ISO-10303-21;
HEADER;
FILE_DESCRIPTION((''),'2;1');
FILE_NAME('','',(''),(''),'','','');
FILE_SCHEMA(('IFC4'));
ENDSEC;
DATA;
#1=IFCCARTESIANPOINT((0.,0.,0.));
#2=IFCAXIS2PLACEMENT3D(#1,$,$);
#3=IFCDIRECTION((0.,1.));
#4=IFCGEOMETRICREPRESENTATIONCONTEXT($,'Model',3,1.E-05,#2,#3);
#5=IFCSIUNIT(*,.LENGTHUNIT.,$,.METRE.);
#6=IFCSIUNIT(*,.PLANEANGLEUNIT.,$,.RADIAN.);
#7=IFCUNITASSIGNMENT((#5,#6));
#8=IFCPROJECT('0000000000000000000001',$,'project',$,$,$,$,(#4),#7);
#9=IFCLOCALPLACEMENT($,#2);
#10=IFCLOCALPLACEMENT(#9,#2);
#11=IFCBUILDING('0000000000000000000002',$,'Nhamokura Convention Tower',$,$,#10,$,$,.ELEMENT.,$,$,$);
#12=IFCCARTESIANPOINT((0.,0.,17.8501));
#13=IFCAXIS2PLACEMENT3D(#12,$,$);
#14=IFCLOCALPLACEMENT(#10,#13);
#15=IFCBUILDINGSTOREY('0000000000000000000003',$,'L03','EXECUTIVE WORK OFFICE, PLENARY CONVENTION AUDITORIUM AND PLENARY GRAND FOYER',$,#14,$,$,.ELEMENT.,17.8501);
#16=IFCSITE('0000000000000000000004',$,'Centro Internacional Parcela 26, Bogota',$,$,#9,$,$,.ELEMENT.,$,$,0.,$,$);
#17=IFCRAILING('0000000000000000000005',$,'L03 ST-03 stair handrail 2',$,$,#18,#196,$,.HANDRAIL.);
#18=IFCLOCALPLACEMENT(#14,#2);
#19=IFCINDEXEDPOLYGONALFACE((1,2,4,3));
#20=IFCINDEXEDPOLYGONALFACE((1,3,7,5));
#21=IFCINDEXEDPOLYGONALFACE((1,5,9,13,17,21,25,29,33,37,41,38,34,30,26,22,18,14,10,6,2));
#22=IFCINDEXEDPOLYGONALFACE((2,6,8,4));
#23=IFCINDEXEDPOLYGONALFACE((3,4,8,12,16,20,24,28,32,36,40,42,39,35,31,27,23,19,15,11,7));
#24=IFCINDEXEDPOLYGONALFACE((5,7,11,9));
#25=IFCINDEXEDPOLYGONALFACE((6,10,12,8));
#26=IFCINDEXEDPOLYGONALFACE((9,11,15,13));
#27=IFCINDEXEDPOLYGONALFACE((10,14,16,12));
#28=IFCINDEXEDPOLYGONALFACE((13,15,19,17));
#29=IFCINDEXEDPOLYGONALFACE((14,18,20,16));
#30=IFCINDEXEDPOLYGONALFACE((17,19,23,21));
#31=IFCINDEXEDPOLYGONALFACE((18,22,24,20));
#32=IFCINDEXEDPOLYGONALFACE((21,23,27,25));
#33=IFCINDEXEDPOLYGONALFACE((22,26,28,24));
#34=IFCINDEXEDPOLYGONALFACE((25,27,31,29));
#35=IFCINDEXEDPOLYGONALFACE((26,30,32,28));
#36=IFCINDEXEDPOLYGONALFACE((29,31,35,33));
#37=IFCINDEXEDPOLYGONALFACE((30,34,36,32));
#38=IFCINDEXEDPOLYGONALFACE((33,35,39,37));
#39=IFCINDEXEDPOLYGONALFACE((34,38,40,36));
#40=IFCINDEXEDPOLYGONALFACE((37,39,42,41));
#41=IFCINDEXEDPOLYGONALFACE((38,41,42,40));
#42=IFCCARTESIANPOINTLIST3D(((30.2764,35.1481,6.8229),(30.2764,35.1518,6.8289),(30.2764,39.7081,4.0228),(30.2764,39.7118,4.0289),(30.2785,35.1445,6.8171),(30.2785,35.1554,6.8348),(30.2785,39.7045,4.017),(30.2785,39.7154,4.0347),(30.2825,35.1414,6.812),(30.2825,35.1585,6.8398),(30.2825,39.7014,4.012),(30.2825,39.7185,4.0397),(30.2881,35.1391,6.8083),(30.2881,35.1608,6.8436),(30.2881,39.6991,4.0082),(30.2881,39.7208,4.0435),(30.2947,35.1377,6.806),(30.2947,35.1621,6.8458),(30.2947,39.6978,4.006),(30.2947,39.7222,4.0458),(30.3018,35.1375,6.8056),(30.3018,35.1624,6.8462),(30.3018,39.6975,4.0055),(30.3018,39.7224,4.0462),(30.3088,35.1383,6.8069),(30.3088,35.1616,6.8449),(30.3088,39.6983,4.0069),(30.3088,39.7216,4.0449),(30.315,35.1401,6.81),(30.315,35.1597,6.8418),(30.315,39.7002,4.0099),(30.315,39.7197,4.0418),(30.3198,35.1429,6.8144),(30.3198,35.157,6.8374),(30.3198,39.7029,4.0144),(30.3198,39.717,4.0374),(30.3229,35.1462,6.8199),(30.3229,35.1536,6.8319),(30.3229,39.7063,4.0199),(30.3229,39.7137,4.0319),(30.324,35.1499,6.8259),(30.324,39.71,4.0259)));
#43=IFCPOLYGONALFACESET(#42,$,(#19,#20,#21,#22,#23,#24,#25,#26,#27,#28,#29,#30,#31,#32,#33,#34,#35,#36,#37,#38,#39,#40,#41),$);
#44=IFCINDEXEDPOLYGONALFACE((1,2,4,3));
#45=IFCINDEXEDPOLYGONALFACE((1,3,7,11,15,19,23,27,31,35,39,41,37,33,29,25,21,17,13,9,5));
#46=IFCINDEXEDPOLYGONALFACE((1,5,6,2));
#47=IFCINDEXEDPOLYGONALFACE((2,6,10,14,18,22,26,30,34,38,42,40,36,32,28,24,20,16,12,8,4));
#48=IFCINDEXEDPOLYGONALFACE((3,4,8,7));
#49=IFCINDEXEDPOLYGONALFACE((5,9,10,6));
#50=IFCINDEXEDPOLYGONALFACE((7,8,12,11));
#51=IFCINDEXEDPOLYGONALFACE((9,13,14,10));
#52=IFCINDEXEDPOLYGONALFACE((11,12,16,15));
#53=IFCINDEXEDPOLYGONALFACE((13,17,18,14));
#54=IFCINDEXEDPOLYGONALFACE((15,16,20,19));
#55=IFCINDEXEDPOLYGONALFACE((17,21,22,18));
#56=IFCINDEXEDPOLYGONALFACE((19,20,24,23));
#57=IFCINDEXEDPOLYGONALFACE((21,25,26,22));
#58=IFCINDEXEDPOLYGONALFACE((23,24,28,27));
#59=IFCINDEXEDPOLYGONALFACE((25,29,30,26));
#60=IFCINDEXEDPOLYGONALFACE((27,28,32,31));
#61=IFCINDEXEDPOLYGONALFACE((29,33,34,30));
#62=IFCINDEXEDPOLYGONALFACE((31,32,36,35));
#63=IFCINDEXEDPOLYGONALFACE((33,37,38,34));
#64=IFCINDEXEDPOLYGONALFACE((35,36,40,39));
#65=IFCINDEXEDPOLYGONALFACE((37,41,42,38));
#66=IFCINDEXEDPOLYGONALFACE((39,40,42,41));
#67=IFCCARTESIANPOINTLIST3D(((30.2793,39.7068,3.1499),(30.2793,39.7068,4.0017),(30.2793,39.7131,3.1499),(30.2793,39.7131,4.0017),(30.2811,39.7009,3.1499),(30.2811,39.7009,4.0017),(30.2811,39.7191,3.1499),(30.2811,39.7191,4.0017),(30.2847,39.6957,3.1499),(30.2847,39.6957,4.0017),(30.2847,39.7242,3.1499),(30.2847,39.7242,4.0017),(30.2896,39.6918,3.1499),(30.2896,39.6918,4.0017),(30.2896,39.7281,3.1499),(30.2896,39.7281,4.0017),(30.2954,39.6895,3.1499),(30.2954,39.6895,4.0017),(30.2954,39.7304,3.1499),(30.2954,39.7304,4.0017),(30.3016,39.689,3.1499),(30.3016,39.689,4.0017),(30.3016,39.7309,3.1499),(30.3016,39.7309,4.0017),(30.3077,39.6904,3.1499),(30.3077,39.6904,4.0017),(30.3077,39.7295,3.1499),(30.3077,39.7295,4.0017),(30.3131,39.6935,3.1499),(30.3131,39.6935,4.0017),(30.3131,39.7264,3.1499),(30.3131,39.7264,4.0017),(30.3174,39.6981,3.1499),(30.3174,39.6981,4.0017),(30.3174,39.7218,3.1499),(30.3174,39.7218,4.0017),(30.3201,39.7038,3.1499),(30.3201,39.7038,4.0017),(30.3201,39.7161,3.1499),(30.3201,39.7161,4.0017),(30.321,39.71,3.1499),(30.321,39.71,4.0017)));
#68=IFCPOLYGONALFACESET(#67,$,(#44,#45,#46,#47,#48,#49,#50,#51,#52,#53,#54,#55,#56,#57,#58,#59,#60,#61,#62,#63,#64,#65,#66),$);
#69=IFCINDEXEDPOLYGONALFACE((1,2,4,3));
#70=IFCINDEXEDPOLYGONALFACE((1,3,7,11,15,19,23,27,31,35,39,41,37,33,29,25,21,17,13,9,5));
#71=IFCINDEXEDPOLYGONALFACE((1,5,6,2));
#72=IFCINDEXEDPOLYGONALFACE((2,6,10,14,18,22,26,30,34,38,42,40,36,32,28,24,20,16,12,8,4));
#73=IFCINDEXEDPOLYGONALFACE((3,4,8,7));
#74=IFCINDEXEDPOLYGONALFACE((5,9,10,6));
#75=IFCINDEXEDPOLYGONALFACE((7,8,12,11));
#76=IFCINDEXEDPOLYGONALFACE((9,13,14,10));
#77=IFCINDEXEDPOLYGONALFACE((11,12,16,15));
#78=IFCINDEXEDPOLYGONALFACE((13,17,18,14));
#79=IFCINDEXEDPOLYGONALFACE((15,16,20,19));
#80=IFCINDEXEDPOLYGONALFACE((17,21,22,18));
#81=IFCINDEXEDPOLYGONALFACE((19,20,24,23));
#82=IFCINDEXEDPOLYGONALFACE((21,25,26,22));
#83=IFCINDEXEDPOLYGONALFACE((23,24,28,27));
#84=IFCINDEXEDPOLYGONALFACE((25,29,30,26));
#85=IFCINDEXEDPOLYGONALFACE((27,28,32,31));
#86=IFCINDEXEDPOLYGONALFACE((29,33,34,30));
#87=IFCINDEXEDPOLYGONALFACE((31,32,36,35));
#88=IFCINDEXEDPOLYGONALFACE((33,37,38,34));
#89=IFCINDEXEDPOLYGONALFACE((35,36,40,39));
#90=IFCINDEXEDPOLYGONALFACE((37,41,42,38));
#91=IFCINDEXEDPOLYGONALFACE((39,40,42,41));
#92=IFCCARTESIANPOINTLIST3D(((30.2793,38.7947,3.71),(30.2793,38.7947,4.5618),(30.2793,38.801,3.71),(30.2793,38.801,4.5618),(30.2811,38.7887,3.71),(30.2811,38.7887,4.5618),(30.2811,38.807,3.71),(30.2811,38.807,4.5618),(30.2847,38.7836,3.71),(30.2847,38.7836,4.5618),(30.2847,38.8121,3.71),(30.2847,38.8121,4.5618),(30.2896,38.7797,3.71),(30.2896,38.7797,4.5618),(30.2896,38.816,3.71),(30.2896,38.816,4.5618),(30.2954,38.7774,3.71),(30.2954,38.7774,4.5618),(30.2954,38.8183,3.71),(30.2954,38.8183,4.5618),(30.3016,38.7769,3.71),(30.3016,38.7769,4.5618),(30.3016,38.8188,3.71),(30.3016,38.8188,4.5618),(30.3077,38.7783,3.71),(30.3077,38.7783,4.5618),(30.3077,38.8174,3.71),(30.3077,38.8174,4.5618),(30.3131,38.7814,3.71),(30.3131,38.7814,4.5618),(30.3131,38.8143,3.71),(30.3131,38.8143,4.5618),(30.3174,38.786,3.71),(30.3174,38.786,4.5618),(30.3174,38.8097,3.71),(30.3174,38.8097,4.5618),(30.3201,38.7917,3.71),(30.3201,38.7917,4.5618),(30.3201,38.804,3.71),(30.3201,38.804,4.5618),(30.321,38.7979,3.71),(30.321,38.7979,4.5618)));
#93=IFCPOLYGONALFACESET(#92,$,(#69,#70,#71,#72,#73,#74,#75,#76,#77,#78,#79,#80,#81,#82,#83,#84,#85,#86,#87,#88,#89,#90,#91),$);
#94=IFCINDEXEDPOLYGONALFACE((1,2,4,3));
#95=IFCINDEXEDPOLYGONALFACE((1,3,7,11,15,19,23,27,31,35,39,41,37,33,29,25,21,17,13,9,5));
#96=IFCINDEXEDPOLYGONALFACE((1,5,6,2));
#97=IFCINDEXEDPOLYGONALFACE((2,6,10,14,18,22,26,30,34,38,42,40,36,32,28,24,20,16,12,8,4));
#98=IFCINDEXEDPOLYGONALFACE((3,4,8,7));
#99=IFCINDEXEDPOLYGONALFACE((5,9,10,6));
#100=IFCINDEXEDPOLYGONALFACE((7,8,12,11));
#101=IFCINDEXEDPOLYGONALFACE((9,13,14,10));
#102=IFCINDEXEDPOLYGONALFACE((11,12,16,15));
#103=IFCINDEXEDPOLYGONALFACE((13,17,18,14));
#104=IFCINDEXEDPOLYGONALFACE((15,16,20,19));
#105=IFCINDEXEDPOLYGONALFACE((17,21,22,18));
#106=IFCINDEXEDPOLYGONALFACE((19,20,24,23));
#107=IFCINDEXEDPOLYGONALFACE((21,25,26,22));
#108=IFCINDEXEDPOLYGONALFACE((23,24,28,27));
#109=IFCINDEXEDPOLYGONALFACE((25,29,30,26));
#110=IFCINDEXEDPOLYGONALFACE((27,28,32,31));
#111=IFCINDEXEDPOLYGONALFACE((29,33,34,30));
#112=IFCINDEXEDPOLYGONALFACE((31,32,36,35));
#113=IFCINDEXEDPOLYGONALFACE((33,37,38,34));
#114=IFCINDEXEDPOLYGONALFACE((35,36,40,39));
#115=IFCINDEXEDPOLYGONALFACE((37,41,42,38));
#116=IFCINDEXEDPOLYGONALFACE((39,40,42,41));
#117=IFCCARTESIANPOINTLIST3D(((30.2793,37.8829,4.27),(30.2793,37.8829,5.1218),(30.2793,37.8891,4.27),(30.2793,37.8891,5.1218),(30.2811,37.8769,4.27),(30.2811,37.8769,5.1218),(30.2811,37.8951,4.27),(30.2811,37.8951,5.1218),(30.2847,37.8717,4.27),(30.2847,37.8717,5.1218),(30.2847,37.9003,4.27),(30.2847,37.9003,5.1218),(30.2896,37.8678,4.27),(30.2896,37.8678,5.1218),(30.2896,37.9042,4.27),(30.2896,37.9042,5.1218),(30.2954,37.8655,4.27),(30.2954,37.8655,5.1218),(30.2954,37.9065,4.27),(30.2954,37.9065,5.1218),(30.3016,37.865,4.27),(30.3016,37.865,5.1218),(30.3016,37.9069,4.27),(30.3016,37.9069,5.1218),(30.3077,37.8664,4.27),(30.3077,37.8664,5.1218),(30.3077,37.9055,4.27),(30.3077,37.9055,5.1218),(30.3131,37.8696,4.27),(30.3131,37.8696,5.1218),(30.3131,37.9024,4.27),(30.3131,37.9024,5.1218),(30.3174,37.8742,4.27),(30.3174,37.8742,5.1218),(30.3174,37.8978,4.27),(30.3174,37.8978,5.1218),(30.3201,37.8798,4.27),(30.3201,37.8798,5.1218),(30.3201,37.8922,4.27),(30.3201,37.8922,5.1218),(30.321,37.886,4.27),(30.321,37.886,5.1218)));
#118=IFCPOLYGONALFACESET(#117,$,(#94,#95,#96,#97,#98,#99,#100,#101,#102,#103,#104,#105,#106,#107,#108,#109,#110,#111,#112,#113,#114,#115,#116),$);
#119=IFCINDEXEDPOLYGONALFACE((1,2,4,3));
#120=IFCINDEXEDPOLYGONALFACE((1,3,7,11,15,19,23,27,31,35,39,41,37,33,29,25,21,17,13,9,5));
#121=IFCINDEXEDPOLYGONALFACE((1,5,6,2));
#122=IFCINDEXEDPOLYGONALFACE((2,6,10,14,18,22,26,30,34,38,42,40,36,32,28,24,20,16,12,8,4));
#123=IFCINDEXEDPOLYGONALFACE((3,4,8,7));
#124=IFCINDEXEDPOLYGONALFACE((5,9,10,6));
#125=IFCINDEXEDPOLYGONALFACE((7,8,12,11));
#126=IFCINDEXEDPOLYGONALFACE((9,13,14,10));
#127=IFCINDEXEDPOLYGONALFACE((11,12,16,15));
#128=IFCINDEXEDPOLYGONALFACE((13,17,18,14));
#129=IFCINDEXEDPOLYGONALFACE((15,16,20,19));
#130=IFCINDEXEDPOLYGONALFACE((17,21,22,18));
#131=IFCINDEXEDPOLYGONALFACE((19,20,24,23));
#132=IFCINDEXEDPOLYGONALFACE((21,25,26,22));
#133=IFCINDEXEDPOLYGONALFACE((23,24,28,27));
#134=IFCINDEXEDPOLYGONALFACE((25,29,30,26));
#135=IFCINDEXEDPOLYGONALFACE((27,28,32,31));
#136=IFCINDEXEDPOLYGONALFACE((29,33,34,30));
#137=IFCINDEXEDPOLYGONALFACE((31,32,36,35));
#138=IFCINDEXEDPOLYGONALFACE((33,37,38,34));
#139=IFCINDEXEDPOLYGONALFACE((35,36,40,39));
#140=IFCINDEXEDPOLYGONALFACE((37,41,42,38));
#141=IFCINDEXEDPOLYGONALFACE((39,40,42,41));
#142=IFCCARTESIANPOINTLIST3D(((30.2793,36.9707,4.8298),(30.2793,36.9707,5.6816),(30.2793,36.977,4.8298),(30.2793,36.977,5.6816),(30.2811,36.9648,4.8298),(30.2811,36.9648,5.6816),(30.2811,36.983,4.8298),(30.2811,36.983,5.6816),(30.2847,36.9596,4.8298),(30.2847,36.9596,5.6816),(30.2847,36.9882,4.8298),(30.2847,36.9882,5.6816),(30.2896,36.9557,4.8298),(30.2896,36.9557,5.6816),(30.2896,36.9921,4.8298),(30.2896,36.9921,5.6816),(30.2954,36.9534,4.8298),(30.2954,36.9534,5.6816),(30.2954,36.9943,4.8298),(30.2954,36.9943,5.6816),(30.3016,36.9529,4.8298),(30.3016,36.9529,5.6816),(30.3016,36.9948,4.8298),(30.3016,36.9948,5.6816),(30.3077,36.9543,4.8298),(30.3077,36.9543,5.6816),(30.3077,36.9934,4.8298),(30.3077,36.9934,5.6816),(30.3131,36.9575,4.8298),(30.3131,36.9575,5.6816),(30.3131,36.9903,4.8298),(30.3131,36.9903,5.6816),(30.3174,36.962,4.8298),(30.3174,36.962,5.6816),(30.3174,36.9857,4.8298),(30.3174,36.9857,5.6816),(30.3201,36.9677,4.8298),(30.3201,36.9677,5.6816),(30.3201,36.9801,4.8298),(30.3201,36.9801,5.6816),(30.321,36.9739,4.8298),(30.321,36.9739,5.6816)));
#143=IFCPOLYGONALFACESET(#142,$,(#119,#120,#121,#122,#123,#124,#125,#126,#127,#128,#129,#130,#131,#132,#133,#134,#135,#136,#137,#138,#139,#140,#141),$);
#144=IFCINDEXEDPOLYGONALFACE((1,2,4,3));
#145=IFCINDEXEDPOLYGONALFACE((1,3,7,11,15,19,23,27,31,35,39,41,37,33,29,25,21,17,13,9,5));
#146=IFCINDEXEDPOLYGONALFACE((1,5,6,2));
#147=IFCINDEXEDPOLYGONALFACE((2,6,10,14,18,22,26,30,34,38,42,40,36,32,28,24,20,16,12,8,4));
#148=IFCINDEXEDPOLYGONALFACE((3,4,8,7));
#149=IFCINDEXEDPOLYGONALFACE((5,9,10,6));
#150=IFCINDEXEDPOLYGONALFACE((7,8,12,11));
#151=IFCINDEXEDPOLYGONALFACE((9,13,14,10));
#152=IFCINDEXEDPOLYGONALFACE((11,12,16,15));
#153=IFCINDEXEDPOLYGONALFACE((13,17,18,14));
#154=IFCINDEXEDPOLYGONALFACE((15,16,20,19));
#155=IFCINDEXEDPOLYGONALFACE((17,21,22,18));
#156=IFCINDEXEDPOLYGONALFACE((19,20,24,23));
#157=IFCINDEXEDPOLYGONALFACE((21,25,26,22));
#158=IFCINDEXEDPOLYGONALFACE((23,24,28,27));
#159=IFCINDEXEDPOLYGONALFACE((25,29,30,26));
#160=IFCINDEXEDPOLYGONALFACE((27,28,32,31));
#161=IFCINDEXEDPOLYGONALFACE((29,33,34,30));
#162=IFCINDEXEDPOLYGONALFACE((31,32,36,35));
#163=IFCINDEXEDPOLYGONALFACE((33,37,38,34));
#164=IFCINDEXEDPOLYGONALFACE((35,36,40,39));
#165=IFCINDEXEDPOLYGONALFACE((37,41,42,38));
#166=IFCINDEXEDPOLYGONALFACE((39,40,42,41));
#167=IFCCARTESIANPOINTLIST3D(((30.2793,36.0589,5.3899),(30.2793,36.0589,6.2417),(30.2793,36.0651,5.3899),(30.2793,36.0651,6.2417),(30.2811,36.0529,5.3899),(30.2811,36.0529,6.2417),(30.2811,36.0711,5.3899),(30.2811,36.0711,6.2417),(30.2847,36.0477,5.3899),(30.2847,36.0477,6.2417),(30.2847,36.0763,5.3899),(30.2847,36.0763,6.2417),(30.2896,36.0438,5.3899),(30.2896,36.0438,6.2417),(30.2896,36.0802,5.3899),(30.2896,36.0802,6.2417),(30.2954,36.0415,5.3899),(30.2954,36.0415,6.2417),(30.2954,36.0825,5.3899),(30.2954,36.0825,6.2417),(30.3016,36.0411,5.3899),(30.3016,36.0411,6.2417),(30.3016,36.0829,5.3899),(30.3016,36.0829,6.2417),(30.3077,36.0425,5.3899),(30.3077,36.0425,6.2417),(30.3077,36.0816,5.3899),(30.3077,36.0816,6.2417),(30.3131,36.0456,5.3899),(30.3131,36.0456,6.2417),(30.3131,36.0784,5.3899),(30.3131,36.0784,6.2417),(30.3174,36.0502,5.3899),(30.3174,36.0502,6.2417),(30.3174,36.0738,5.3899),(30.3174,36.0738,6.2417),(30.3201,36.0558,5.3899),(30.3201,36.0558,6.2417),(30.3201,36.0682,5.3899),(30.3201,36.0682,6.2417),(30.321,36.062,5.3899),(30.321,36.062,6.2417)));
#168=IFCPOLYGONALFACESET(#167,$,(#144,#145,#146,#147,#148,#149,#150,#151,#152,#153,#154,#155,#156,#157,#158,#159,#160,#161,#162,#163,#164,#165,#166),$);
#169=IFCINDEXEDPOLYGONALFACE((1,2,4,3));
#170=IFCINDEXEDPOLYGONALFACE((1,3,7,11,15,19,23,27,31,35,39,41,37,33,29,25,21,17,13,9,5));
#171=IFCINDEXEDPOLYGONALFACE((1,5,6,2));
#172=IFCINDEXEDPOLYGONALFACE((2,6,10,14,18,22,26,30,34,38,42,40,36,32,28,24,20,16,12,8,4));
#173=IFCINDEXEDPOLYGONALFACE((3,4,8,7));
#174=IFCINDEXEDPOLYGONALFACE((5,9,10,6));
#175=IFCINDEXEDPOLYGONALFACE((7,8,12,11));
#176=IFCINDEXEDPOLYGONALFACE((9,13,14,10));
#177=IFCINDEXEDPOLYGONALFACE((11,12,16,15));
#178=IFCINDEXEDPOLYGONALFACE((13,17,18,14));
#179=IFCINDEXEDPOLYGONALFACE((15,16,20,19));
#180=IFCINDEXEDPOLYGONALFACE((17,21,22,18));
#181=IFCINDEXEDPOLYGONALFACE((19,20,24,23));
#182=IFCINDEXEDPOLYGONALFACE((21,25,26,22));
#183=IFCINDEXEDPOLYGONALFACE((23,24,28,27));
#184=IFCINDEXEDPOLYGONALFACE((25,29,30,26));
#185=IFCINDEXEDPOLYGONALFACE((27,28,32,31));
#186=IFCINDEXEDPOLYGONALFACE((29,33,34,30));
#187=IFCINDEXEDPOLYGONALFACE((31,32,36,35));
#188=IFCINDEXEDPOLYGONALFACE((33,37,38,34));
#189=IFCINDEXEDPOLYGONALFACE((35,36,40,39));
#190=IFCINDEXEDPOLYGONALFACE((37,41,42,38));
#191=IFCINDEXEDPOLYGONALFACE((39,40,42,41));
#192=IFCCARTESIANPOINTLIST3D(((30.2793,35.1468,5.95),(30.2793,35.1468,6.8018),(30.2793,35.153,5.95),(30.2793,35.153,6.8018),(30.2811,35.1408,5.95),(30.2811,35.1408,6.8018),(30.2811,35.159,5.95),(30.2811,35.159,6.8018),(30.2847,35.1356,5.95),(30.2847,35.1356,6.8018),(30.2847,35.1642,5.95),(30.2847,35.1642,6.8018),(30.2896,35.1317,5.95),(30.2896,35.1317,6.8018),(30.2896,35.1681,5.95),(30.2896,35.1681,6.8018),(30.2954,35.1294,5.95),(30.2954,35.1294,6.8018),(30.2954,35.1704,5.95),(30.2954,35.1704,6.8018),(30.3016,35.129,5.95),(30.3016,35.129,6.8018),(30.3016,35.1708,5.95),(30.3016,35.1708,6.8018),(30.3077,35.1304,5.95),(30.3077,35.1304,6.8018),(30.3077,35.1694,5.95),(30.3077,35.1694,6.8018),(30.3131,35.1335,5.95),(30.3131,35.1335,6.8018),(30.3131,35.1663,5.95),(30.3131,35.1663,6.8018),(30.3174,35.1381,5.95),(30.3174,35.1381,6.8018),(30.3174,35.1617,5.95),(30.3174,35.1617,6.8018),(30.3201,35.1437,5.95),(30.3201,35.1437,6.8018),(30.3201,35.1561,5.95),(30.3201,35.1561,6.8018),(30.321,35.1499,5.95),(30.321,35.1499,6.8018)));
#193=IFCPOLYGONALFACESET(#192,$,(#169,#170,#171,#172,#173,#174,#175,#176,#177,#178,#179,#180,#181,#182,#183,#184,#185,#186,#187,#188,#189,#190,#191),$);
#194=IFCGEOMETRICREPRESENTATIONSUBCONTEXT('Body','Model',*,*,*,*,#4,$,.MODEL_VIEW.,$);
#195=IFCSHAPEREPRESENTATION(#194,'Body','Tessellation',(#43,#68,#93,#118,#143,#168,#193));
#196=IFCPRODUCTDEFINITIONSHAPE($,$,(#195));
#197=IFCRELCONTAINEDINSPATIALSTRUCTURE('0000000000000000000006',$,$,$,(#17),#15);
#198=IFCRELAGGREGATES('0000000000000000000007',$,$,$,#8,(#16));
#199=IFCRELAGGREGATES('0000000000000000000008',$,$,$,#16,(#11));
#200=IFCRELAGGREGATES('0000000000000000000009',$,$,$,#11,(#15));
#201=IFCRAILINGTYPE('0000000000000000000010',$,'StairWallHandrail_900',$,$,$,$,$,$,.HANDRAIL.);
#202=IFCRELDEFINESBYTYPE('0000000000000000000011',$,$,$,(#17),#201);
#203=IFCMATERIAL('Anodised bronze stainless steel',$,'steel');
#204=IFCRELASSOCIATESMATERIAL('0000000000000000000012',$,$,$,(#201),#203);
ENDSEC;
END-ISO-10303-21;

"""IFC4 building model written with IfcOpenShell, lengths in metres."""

from ifc_helpers import new_model, si_unit, direction, frame, origin, origin_2d, place, context, subcontext, project, spatial, circle, extrude, material, type_object, element, save


model = new_model("IFC4")

# Units and contexts
model_context = context("Model", 3, precision=1e-05, world=origin(), true_north=direction((0.0, 1.0)))
body_context = subcontext(model_context, "Body", "Model", "MODEL_VIEW")
ifc_project = project(units=[si_unit("LENGTHUNIT", "METRE"), si_unit("PLANEANGLEUNIT", "RADIAN")], contexts=[model_context])

# Site, building, storey
site_placement = place(None, origin())
site = spatial("IfcSite", under=ifc_project, at=site_placement, Name="Centro Internacional Parcela 26, Bogota", CompositionType="ELEMENT", RefElevation=0.0)
building_placement = place(site_placement, origin())
building = spatial("IfcBuilding", under=site, at=building_placement, Name="Nhamokura Convention Tower", CompositionType="ELEMENT")
storey_placement = place(building_placement, frame((0.0, 0.0, 17.8501)))
storey = spatial("IfcBuildingStorey", under=building, at=storey_placement, Name="L03", Description="EXECUTIVE WORK OFFICE, PLENARY CONVENTION AUDITORIUM AND PLENARY GRAND FOYER", CompositionType="ELEMENT", Elevation=17.8501)

# Railing
ifc_material_1 = material(Name="Anodised bronze stainless steel", Category="steel")
railing_type = type_object("IfcRailingType", Name="StairWallHandrail_900", PredefinedType="HANDRAIL", material=ifc_material_1)
railing_placement = place(storey_placement, frame((30.3, 39.71, 3.1499)))
element("IfcRailing", 1, at=railing_placement, inside=storey, type_object=railing_type, Name="L03 ST-03 stair handrail 2", PredefinedType="HANDRAIL", context=body_context, shape_type="SweptSolid", body=[
    extrude(circle(Radius=0.0239, at=origin_2d()), frame((0.0, 0.0, 0.876), z_axis=(0.0, -0.85217, 0.523265), x_axis=(1.0, 0.0, 0.0)), (0.0, 0.0, 1.0), 5.3511),
    extrude(circle(Radius=0.021, at=origin_2d()), origin(), (0.0, 0.0, 1.0), 0.8518),
    extrude(circle(Radius=0.021, at=origin_2d()), frame((0.0, -0.9121, 0.5601)), (0.0, 0.0, 1.0), 0.8518),
    extrude(circle(Radius=0.021, at=origin_2d()), frame((0.0, -1.824, 1.1201)), (0.0, 0.0, 1.0), 0.8518),
    extrude(circle(Radius=0.021, at=origin_2d()), frame((0.0, -2.7361, 1.6799)), (0.0, 0.0, 1.0), 0.8518),
    extrude(circle(Radius=0.021, at=origin_2d()), frame((0.0, -3.6479, 2.24)), (0.0, 0.0, 1.0), 0.8518),
    extrude(circle(Radius=0.021, at=origin_2d()), frame((0.0, -4.5601, 2.8)), (0.0, 0.0, 1.0), 0.8518),
])

save(model, "model.ifc")
